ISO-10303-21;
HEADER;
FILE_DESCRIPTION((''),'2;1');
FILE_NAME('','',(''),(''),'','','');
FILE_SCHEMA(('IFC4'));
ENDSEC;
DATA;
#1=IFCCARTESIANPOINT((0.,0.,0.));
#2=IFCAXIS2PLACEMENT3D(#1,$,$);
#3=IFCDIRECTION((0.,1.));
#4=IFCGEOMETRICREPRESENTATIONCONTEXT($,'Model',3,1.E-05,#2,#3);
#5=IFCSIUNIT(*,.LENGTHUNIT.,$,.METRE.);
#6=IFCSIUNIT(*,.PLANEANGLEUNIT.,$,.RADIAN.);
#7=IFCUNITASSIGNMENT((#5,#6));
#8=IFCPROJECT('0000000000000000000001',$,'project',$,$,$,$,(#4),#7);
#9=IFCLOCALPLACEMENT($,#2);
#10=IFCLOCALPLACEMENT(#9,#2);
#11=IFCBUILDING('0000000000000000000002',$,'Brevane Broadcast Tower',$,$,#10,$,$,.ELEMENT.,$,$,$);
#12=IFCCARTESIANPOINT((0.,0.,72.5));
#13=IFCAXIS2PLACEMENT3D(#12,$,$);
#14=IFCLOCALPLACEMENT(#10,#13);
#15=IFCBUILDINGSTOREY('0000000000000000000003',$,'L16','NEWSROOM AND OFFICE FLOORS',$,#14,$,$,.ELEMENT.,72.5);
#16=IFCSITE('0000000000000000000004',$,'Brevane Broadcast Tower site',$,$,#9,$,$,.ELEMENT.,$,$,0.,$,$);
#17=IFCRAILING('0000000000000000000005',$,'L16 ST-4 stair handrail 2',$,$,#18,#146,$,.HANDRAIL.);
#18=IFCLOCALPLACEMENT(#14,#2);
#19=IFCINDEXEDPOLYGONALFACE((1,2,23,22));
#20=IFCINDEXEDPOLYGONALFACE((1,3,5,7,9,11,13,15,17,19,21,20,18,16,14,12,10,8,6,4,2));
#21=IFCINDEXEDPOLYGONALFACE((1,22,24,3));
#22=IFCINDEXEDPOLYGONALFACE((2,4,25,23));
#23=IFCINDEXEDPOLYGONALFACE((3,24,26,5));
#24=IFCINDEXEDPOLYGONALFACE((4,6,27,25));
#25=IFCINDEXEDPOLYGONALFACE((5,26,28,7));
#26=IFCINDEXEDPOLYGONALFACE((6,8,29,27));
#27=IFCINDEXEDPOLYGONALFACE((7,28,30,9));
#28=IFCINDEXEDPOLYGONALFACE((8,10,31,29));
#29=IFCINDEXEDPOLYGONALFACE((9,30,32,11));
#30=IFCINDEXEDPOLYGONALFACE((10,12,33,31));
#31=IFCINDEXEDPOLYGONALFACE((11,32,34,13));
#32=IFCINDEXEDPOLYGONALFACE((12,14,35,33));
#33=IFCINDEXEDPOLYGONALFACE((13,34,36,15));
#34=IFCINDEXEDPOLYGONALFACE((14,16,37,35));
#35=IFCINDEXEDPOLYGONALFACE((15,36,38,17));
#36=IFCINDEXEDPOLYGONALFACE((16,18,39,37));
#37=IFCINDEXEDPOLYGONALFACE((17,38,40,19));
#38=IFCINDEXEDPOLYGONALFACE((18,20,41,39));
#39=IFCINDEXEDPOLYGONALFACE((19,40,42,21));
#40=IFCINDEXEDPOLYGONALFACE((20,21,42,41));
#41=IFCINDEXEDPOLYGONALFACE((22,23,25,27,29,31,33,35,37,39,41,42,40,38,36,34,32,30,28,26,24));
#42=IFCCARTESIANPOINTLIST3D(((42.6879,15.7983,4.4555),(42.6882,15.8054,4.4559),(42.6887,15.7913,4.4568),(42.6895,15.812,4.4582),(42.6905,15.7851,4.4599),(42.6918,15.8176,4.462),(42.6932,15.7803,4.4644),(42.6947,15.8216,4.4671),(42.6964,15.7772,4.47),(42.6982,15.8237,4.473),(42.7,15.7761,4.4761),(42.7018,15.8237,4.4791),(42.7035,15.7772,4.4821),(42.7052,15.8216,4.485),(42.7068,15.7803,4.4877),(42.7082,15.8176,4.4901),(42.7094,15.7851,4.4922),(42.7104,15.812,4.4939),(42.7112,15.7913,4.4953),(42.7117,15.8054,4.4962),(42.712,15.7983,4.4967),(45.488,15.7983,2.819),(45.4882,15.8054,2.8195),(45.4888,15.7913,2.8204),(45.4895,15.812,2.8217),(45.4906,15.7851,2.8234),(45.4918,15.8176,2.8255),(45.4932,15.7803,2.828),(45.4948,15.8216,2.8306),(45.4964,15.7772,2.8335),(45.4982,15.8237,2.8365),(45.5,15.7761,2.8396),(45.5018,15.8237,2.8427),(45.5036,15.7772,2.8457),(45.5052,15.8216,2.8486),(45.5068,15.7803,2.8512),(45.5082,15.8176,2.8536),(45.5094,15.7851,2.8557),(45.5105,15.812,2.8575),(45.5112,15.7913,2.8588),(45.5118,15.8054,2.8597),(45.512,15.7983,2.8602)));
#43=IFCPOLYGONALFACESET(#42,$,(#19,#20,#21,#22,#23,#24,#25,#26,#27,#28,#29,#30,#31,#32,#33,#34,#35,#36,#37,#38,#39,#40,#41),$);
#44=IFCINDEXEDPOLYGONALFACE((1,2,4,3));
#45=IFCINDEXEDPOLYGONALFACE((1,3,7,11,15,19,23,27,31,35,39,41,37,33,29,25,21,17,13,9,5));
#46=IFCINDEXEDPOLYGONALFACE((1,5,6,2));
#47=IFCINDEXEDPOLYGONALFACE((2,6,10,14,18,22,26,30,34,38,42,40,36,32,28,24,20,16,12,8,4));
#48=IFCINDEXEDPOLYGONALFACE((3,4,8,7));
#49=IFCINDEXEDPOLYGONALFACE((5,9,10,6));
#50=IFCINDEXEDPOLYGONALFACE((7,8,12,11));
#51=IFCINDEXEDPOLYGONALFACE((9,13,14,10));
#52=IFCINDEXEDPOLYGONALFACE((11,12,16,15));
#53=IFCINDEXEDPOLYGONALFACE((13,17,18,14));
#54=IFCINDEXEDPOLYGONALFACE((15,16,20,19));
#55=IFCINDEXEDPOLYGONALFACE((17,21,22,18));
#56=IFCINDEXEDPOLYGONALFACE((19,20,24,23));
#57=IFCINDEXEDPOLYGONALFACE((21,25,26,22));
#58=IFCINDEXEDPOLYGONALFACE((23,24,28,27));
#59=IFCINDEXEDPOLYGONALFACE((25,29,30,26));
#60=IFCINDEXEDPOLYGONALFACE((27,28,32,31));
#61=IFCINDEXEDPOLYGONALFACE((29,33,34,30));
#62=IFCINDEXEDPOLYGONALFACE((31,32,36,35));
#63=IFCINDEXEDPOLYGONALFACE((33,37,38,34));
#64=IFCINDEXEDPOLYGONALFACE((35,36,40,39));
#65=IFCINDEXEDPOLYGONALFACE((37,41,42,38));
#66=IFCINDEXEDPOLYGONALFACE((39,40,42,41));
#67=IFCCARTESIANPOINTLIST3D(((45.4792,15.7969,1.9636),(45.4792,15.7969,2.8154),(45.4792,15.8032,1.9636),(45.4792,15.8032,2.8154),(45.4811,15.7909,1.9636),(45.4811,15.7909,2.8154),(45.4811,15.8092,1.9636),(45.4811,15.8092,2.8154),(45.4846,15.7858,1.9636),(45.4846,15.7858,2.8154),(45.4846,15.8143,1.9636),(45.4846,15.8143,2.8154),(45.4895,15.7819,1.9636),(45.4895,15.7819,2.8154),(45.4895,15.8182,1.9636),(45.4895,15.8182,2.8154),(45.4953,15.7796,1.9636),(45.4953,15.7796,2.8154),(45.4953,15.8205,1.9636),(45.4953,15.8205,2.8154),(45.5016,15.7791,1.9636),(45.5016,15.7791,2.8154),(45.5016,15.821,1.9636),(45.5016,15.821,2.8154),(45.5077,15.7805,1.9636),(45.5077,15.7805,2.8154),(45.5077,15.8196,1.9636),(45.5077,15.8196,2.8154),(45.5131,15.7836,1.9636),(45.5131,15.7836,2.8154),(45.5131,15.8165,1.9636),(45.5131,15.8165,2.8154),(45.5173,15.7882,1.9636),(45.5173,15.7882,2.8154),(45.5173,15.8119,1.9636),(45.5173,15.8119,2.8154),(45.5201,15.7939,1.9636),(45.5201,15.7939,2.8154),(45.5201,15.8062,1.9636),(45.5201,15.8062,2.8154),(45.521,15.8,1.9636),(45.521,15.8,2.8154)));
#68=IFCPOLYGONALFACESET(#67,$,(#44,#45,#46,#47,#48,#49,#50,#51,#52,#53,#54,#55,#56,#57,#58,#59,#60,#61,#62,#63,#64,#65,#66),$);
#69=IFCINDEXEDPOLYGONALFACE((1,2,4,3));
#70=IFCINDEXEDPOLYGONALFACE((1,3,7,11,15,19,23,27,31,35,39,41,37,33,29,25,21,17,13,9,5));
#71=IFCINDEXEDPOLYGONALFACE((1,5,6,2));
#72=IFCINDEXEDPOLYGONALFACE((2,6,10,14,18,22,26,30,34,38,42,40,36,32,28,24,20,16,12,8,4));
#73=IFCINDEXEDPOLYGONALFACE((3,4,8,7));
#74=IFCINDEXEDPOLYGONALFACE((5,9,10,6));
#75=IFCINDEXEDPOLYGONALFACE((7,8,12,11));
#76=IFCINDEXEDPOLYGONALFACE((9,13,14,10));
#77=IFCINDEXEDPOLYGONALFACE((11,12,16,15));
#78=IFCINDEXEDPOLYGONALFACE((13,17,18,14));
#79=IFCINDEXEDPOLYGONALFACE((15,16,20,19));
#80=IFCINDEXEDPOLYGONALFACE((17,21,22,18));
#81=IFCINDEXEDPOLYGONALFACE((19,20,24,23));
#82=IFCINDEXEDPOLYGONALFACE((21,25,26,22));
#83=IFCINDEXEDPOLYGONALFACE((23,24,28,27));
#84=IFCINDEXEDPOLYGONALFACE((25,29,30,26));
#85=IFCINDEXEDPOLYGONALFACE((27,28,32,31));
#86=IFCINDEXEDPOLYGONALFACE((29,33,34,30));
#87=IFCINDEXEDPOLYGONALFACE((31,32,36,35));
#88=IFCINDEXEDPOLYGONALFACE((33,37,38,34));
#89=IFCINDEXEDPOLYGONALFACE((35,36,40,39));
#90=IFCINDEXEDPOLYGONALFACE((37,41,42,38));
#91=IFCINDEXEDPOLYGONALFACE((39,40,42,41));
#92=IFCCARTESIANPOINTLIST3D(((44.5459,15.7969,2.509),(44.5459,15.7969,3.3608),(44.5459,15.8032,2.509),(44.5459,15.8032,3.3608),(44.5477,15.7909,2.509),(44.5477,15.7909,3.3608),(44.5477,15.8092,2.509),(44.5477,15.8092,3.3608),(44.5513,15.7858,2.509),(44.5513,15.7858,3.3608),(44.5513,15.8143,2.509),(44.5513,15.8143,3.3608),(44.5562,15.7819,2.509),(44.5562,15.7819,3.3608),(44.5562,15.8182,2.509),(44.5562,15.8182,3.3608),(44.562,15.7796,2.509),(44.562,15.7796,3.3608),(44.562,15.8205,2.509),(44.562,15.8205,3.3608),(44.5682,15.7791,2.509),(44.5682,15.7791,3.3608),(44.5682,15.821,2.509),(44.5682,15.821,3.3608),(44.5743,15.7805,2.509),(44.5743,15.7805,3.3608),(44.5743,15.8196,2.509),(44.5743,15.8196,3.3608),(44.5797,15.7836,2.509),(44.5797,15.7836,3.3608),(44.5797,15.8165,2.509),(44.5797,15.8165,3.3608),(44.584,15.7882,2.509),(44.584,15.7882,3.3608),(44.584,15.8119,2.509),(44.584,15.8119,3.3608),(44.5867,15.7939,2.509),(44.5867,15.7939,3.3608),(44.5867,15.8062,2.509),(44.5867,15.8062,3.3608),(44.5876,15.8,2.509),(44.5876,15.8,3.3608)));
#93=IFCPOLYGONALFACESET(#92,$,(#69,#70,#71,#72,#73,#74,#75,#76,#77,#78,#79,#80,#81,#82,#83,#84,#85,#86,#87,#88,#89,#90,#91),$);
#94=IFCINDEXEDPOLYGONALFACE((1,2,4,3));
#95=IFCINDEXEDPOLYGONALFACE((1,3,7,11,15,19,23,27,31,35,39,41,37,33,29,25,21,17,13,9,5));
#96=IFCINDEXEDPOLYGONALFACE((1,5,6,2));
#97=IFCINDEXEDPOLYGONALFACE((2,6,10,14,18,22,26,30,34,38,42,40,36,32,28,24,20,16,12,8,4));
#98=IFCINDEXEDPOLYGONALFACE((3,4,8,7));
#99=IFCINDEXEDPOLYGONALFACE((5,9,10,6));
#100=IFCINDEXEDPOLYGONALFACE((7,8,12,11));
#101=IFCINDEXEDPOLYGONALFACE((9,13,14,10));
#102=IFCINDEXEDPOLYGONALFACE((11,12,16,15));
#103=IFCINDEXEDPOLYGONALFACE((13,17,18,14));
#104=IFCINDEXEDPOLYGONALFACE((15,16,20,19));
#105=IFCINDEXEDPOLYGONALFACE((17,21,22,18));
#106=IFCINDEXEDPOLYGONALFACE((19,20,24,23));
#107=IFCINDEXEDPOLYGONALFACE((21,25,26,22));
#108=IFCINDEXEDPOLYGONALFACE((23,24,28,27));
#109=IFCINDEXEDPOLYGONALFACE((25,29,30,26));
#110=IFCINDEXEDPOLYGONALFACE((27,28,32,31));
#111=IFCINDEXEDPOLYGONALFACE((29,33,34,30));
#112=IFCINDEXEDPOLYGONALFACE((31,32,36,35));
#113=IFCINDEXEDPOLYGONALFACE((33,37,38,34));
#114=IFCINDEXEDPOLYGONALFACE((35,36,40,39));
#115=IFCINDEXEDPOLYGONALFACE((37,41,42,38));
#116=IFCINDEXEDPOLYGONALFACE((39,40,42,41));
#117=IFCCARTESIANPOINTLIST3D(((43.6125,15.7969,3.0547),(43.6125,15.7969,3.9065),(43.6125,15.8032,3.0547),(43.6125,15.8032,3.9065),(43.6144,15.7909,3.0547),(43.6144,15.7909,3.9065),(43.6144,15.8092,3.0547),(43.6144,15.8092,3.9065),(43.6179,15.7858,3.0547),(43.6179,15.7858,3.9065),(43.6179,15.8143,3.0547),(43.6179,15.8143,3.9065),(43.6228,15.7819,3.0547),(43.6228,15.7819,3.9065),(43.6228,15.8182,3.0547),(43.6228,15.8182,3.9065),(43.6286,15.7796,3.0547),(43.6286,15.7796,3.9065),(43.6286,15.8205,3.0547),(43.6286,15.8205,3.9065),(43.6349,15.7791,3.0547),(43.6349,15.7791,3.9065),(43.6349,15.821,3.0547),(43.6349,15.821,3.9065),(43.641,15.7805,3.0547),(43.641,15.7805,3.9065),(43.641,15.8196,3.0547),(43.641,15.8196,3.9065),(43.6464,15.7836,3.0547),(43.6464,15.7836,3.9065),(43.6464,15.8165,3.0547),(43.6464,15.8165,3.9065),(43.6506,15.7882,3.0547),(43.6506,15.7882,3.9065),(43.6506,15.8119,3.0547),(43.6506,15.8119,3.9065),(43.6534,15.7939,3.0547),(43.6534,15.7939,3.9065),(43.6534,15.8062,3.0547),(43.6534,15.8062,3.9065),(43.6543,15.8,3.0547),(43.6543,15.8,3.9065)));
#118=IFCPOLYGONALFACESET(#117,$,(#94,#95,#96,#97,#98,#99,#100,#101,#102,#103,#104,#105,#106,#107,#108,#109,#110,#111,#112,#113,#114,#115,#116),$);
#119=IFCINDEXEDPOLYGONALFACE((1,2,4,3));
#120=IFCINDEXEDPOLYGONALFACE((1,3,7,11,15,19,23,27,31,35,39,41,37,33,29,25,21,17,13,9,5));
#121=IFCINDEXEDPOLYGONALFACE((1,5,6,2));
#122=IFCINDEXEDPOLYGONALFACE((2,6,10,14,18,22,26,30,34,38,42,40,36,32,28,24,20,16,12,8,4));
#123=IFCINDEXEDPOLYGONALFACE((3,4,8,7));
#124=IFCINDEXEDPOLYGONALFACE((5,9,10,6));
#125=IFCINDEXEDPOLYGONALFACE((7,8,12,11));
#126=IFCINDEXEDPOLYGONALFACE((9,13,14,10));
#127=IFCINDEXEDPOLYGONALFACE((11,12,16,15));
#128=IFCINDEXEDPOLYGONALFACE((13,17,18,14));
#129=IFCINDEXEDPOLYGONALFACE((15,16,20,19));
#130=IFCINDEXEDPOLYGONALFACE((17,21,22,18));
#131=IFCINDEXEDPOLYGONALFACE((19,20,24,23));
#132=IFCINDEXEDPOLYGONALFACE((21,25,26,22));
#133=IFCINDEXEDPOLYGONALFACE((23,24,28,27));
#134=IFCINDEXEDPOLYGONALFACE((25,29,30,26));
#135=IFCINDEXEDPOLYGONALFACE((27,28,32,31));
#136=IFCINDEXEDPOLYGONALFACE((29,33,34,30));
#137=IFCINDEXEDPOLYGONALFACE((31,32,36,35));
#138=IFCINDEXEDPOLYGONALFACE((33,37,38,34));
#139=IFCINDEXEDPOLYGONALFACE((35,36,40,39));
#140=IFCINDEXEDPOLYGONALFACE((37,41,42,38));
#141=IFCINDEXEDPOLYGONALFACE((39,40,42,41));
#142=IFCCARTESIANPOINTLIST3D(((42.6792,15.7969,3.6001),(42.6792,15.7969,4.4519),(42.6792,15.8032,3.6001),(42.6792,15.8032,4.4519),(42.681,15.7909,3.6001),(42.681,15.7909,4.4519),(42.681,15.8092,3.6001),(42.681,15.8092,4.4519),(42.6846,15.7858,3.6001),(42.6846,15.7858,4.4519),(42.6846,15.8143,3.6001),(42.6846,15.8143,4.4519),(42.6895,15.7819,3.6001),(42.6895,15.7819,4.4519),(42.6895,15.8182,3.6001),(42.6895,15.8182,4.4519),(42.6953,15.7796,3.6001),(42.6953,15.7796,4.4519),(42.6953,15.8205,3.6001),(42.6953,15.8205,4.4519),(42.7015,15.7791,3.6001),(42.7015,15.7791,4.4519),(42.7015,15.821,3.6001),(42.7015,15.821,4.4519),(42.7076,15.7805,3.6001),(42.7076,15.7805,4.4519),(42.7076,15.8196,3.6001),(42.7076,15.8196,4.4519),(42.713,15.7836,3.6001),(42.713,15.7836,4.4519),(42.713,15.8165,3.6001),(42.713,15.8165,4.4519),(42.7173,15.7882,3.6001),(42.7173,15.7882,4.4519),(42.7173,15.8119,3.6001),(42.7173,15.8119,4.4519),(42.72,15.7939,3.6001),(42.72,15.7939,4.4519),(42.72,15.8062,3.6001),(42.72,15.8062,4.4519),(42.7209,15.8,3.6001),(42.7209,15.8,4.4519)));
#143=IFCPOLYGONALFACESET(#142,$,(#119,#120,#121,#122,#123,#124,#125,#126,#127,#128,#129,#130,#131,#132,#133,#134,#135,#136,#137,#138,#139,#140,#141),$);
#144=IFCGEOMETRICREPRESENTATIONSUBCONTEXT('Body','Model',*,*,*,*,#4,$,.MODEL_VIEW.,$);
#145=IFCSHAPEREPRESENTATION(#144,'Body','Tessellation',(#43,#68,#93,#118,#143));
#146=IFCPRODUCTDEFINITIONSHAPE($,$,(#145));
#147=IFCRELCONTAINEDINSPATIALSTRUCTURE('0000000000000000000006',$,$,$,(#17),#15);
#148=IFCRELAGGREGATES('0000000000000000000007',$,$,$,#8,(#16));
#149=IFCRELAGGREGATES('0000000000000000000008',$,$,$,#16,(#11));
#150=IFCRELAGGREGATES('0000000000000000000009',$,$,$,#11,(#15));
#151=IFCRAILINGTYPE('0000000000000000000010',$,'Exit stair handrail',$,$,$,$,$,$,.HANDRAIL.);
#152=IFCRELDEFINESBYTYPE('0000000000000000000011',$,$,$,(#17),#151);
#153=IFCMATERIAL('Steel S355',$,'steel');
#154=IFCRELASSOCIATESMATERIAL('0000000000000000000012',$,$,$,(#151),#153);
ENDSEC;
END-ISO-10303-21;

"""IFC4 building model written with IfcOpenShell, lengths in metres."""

from ifc_helpers import new_model, si_unit, direction, frame, origin, origin_2d, place, context, subcontext, project, spatial, circle, extrude, material, type_object, element, save


model = new_model("IFC4")

# Units and contexts
model_context = context("Model", 3, precision=1e-05, world=origin(), true_north=direction((0.0, 1.0)))
body_context = subcontext(model_context, "Body", "Model", "MODEL_VIEW")
ifc_project = project(units=[si_unit("LENGTHUNIT", "METRE"), si_unit("PLANEANGLEUNIT", "RADIAN")], contexts=[model_context])

# Site, building, storey
site_placement = place(None, origin())
site = spatial("IfcSite", under=ifc_project, at=site_placement, Name="Brevane Broadcast Tower site", CompositionType="ELEMENT", RefElevation=0.0)
building_placement = place(site_placement, origin())
building = spatial("IfcBuilding", under=site, at=building_placement, Name="Brevane Broadcast Tower", CompositionType="ELEMENT")
storey_placement = place(building_placement, frame((0.0, 0.0, 72.5)))
storey = spatial("IfcBuildingStorey", under=building, at=storey_placement, Name="L16", Description="NEWSROOM AND OFFICE FLOORS", CompositionType="ELEMENT", Elevation=72.5)

# Railing
ifc_material_1 = material(Name="Steel S355", Category="steel")
railing_type_1 = type_object("IfcRailingType", Name="Exit stair handrail", PredefinedType="HANDRAIL", material=ifc_material_1)
railing_1_placement = place(storey_placement, frame((45.5, 15.8, 1.9636)))
element("IfcRailing", 1, at=railing_1_placement, inside=storey, type_object=railing_type_1, Name="L16 ST-4 stair handrail 2", PredefinedType="HANDRAIL", context=body_context, shape_type="SweptSolid", body=[
    extrude(circle(Radius=0.0239, at=origin_2d()), frame((0.0, 0.0, 0.876), z_axis=(-0.863361, 0.0, 0.504587), x_axis=(0.0, -1.0, 0.0)), (0.0, 0.0, 1.0), 3.2432),
    extrude(circle(Radius=0.021, at=origin_2d()), origin(), (0.0, 0.0, 1.0), 0.8518),
    extrude(circle(Radius=0.021, at=origin_2d()), frame((-0.9333, 0.0, 0.5454)), (0.0, 0.0, 1.0), 0.8518),
    extrude(circle(Radius=0.021, at=origin_2d()), frame((-1.8667, 0.0, 1.0911)), (0.0, 0.0, 1.0), 0.8518),
    extrude(circle(Radius=0.021, at=origin_2d()), frame((-2.8, 0.0, 1.6365)), (0.0, 0.0, 1.0), 0.8518),
])

save(model, "model.ifc")
